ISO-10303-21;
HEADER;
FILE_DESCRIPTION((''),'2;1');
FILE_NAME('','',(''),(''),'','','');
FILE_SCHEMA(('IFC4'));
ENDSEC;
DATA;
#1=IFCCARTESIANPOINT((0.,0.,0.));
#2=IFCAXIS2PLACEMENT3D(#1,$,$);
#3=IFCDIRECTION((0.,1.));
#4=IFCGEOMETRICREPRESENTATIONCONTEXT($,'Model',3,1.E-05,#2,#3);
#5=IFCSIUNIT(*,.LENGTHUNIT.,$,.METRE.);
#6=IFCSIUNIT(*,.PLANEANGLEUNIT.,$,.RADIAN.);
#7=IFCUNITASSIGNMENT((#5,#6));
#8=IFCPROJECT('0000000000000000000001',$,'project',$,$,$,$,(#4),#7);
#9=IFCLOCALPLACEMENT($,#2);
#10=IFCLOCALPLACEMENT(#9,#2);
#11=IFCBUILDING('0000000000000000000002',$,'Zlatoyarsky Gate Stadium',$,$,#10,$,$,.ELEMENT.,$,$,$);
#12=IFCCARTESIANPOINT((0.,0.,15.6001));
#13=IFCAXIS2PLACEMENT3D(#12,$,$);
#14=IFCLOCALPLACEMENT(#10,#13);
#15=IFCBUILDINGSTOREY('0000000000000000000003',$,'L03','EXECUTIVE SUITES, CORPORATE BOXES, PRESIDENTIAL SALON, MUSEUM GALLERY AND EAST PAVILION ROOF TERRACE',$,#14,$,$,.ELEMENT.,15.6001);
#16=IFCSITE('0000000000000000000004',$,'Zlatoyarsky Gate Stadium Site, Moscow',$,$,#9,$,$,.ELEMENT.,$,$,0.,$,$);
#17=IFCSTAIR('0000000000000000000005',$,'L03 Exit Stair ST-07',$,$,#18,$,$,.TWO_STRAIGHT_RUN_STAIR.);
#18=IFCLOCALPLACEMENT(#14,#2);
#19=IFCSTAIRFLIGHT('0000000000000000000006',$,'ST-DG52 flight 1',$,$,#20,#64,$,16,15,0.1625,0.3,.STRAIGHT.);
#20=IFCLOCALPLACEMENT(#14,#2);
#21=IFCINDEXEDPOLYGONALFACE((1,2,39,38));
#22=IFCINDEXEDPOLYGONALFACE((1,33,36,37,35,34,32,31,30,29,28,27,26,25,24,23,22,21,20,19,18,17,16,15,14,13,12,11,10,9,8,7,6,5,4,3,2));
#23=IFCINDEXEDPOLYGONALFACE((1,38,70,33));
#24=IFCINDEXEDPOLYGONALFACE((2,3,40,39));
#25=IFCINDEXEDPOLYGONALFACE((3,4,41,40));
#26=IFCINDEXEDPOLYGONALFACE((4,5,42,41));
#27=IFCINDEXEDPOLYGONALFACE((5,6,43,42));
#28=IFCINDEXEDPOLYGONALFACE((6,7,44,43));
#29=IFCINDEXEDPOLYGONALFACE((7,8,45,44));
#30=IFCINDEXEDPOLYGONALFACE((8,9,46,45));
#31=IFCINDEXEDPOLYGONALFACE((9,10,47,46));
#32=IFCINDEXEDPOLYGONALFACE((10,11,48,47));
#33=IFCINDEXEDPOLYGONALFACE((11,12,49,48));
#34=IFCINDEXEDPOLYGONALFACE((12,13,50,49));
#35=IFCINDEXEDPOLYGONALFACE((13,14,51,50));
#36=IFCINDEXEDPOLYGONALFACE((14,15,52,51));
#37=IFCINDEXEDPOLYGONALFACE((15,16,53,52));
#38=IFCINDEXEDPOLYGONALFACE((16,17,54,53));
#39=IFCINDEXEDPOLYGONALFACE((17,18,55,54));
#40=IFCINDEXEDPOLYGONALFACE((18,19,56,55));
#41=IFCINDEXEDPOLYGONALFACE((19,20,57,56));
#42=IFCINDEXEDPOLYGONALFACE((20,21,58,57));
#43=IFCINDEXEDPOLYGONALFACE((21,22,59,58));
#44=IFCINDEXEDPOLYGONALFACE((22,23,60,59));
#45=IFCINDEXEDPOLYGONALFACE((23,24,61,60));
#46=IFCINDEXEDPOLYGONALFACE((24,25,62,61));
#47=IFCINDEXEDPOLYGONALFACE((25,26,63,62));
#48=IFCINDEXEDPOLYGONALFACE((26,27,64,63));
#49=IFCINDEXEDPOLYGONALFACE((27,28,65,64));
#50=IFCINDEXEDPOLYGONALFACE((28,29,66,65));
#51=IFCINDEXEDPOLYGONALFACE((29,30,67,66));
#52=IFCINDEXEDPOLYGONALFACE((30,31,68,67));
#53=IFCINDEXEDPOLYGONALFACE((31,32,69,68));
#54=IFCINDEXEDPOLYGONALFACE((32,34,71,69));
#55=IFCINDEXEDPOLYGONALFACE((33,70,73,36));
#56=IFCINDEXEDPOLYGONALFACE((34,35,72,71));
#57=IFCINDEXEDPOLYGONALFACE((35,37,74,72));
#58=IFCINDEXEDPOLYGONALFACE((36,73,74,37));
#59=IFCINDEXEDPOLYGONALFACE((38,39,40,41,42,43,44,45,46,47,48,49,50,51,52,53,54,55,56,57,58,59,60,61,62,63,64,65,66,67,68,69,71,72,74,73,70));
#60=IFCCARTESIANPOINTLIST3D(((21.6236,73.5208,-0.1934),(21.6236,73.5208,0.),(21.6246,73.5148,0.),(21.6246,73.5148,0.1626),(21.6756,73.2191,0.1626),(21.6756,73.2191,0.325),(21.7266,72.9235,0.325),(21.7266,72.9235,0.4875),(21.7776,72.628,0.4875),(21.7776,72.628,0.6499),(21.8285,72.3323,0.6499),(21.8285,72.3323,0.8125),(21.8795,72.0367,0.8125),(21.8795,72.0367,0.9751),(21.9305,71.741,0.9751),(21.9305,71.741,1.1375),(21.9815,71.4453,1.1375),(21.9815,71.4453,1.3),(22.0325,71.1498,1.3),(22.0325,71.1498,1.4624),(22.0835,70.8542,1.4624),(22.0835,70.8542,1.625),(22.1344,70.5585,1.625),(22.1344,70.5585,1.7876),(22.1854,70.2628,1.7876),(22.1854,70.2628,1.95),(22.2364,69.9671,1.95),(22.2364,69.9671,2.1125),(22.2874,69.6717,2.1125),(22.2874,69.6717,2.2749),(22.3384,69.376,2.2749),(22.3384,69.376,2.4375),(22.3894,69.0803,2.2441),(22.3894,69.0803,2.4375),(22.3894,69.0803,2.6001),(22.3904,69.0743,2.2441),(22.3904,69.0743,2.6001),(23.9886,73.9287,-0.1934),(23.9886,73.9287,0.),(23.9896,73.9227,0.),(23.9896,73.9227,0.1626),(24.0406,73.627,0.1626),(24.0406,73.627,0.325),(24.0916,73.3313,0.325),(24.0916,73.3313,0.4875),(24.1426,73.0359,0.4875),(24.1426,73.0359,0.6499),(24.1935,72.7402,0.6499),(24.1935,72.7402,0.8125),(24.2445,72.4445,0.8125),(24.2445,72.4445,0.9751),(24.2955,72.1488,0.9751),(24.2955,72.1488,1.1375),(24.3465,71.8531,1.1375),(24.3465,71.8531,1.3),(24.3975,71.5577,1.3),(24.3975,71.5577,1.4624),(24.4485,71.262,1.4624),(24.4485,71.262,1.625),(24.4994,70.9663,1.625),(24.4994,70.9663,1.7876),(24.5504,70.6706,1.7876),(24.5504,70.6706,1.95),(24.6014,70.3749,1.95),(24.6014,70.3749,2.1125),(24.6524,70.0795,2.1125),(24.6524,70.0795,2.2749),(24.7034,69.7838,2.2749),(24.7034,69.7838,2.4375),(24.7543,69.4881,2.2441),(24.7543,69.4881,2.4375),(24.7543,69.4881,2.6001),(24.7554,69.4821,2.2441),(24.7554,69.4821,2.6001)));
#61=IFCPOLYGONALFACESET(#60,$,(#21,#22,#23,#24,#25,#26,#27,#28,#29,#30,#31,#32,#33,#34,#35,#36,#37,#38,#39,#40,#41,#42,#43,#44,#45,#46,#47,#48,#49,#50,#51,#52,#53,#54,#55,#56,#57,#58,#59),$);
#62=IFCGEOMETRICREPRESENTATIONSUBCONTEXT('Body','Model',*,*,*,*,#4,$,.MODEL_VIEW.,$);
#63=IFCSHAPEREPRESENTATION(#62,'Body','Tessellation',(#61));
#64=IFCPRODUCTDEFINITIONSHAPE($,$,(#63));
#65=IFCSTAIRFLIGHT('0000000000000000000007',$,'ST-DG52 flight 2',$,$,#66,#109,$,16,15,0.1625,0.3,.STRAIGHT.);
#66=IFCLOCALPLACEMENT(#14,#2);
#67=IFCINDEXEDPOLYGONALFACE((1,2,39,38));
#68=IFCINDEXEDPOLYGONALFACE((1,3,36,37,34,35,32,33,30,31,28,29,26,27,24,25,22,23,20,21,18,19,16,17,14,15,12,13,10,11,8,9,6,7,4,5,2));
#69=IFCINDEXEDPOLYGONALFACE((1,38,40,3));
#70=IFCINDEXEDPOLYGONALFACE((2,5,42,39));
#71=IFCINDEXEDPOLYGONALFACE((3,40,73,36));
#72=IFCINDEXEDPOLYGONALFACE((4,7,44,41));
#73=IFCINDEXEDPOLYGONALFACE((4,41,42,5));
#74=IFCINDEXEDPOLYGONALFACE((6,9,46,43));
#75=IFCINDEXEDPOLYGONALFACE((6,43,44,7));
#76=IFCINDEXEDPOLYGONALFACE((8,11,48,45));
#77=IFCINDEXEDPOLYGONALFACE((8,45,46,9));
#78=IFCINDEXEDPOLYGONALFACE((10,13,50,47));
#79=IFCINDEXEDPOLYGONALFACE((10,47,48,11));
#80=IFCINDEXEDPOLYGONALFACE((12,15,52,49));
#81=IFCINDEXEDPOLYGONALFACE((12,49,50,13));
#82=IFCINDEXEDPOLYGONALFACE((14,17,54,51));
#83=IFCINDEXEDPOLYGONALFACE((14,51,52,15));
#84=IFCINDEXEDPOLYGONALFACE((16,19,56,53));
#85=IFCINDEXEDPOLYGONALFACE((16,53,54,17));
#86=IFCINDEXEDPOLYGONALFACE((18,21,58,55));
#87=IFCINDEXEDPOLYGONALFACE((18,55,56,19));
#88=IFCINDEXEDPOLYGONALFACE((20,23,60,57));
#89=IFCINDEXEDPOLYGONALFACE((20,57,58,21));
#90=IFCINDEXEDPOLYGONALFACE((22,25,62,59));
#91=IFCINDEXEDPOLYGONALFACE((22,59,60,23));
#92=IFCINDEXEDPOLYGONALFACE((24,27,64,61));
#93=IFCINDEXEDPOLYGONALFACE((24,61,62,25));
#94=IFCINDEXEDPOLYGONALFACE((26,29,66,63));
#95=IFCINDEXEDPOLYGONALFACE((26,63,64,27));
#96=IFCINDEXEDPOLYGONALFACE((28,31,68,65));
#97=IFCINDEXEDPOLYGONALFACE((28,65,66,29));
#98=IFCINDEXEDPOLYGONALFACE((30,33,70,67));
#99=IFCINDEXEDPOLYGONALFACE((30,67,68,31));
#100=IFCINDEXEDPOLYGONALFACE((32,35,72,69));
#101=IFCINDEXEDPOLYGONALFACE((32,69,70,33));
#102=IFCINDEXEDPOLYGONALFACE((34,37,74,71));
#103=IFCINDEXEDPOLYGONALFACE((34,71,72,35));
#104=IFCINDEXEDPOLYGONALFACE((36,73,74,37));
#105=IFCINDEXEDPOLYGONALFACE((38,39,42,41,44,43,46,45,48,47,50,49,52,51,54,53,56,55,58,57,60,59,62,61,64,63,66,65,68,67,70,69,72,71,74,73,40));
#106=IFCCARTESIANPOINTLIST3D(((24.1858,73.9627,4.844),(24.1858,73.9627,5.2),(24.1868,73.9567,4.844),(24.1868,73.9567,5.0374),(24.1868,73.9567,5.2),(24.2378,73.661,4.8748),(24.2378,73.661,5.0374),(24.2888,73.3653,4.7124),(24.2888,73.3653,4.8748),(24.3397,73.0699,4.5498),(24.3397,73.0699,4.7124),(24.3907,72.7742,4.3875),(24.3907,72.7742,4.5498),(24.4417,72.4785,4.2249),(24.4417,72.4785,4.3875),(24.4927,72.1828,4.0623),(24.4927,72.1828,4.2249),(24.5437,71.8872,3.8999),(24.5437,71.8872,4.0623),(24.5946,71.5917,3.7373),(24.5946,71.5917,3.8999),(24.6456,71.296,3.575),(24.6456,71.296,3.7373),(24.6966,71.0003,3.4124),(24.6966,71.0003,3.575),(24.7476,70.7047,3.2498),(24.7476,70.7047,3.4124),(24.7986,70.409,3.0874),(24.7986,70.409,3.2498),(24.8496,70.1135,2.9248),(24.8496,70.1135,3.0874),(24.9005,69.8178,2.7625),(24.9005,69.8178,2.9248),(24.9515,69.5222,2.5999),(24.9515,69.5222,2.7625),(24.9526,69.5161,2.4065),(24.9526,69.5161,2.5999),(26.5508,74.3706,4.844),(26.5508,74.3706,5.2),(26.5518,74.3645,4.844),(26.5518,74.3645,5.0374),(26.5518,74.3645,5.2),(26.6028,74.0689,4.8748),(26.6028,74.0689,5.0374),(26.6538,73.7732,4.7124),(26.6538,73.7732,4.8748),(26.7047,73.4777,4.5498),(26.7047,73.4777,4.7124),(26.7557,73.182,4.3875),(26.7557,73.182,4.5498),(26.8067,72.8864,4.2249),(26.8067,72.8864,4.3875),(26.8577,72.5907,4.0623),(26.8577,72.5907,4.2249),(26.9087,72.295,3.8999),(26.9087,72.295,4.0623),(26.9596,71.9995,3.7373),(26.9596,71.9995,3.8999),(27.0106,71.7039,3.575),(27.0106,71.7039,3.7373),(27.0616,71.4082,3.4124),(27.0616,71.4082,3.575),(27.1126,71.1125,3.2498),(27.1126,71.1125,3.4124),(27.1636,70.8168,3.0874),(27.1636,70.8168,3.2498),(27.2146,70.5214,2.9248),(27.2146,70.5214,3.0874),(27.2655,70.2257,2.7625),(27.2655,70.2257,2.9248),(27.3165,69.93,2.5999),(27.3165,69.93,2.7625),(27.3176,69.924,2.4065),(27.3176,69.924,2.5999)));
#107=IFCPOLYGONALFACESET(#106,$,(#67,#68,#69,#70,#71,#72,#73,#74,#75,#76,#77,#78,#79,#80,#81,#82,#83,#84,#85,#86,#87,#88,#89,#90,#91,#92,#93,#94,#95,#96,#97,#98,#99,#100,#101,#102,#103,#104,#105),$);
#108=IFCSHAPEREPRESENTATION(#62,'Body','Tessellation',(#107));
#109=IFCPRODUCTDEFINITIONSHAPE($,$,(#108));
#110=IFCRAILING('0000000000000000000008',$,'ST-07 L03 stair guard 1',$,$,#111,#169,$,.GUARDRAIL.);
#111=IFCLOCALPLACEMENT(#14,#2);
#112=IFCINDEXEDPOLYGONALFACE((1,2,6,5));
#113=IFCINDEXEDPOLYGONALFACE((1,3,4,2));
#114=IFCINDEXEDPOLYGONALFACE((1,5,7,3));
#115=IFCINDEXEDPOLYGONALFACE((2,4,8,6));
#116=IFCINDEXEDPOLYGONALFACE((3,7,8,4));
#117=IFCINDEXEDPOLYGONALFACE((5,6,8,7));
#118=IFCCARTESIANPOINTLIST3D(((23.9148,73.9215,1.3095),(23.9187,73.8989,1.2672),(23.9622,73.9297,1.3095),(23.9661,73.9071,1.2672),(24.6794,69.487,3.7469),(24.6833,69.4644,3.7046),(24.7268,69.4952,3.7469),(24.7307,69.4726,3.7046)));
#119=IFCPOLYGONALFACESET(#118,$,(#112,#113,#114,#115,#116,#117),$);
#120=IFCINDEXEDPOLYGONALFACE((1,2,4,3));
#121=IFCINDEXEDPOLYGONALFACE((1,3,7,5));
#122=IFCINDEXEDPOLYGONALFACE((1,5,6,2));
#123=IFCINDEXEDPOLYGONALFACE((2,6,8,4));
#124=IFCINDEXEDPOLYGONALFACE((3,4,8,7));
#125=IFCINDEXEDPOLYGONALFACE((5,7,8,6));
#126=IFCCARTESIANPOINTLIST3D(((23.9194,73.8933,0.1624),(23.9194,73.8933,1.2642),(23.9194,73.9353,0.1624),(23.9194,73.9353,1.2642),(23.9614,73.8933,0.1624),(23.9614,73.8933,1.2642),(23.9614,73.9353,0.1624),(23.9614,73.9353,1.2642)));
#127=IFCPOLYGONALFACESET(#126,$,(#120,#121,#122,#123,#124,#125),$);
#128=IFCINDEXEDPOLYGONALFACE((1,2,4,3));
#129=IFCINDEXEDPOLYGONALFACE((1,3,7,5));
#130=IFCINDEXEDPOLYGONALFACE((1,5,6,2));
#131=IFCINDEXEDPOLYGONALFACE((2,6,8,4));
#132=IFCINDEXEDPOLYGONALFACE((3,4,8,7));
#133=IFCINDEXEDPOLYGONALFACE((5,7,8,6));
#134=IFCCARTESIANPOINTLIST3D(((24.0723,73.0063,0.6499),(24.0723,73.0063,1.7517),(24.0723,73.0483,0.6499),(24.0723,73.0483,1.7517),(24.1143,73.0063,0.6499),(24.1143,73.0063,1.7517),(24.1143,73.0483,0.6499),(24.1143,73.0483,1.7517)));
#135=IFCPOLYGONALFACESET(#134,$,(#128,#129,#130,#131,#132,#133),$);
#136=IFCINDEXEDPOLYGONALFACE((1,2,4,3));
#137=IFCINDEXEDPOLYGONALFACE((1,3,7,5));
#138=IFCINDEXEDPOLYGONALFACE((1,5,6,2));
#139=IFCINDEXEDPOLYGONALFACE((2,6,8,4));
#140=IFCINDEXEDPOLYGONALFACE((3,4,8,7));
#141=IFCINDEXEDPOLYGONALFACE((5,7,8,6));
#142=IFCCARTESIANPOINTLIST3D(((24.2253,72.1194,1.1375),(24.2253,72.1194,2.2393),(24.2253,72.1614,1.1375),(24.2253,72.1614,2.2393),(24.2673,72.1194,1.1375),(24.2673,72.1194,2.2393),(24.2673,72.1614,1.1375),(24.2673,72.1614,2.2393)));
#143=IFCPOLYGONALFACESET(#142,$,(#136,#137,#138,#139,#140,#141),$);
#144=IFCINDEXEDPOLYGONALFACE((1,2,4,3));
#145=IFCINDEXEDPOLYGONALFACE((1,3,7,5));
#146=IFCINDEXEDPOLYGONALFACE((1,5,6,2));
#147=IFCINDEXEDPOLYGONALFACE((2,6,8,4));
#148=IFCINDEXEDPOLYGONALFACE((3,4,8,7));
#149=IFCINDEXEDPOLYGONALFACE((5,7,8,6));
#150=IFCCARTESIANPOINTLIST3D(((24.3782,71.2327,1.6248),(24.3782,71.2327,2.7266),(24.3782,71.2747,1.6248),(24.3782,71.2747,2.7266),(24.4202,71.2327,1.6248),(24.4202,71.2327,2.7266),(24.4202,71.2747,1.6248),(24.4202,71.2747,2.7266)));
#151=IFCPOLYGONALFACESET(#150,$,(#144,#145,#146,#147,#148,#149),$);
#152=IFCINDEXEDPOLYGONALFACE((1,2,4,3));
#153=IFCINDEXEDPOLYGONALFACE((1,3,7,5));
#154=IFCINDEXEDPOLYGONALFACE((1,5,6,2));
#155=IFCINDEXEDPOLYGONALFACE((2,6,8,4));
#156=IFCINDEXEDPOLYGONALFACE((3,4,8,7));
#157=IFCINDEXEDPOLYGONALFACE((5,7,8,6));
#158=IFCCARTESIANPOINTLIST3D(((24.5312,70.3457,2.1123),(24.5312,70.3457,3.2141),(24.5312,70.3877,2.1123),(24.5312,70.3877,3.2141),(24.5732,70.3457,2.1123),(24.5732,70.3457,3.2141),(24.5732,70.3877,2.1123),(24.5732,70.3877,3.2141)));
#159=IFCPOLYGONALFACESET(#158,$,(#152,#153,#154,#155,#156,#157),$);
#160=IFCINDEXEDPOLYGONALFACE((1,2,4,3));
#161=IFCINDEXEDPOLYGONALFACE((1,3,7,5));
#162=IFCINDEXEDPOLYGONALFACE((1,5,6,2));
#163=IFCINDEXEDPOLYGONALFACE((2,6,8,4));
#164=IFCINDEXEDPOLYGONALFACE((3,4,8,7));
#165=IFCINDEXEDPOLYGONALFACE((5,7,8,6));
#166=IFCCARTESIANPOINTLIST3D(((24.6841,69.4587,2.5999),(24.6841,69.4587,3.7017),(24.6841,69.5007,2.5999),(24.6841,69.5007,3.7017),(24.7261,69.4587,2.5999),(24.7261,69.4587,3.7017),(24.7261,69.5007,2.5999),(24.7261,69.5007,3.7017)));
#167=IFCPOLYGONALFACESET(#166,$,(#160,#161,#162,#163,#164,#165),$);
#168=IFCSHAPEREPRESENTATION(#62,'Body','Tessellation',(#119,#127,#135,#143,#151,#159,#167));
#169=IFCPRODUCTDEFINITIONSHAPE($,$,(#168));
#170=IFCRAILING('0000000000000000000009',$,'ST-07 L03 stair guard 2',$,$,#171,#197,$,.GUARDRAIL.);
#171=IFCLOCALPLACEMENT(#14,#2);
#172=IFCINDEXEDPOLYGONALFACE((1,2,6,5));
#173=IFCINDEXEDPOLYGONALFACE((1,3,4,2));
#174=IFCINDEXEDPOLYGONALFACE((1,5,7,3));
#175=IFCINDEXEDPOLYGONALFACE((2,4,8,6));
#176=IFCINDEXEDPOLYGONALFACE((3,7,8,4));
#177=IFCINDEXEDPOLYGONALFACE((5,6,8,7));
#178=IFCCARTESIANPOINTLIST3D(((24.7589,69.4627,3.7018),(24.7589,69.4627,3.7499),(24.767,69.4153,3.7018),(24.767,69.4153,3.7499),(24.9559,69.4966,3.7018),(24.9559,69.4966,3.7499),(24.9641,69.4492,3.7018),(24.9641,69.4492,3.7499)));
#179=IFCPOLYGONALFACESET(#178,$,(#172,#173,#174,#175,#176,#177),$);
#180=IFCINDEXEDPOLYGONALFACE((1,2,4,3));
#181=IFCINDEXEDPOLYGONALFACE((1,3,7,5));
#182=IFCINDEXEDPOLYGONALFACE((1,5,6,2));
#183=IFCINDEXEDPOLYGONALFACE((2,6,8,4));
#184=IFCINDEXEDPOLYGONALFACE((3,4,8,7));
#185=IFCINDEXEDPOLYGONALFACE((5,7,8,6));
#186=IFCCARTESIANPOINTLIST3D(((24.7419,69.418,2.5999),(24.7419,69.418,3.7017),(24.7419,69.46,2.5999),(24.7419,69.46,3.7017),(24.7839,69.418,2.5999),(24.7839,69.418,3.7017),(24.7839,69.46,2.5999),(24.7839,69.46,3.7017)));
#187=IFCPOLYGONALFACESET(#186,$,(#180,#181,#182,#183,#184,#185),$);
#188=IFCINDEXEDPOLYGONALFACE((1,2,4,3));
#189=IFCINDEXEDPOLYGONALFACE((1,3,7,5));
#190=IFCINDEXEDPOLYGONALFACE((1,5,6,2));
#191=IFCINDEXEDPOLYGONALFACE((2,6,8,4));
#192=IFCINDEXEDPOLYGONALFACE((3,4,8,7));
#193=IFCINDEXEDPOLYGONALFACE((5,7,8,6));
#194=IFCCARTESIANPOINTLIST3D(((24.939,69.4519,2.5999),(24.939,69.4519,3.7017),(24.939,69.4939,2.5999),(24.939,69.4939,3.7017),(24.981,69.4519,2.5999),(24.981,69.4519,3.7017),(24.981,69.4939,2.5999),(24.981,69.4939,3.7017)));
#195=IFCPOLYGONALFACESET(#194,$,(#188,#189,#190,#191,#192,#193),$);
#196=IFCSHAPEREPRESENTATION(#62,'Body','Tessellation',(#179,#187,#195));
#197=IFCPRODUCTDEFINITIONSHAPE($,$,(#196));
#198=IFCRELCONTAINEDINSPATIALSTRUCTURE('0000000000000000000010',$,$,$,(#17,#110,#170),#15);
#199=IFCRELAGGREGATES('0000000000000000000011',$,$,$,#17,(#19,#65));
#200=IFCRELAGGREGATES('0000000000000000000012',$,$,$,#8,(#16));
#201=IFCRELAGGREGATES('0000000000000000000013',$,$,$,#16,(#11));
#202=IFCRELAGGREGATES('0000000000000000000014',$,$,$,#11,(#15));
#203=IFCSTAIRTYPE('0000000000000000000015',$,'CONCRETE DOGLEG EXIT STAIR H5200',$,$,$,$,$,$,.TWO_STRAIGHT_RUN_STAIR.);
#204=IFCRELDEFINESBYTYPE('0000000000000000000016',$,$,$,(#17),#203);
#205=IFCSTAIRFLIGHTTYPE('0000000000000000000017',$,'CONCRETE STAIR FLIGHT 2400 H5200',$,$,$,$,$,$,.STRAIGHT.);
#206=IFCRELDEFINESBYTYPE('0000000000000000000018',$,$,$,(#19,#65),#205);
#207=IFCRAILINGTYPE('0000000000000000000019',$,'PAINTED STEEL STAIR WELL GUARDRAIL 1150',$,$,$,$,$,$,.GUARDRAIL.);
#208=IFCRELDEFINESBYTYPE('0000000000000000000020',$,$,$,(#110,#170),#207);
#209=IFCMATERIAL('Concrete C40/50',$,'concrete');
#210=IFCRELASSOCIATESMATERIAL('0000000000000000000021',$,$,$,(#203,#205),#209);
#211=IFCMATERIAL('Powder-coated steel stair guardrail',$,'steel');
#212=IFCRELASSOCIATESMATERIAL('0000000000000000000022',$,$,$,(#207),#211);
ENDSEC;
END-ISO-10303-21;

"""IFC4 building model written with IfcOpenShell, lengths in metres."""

from ifc_helpers import new_model, si_unit, direction, frame, origin, origin_2d, place, context, subcontext, project, spatial, polyline, rectangle, outline, extrude, material, type_object, element, aggregate, save


model = new_model("IFC4")

# Units and contexts
model_context = context("Model", 3, precision=1e-05, world=origin(), true_north=direction((0.0, 1.0)))
body_context = subcontext(model_context, "Body", "Model", "MODEL_VIEW")
ifc_project = project(units=[si_unit("LENGTHUNIT", "METRE"), si_unit("PLANEANGLEUNIT", "RADIAN")], contexts=[model_context])

# Site, building, storey
site_placement = place(None, origin())
site = spatial("IfcSite", under=ifc_project, at=site_placement, Name="Zlatoyarsky Gate Stadium Site, Moscow", CompositionType="ELEMENT", RefElevation=0.0)
building_placement = place(site_placement, origin())
building = spatial("IfcBuilding", under=site, at=building_placement, Name="Zlatoyarsky Gate Stadium", CompositionType="ELEMENT")
storey_placement = place(building_placement, frame((0.0, 0.0, 15.6001)))
storey = spatial("IfcBuildingStorey", under=building, at=storey_placement, Name="L03", Description="EXECUTIVE SUITES, CORPORATE BOXES, PRESIDENTIAL SALON, MUSEUM GALLERY AND EAST PAVILION ROOF TERRACE", CompositionType="ELEMENT", Elevation=15.6001)

# Shared definitions
ifc_material_1 = material(Name="Concrete C40/50", Category="concrete")

# Stair, stair flights
stair_type = type_object("IfcStairType", Name="CONCRETE DOGLEG EXIT STAIR H5200", PredefinedType="TWO_STRAIGHT_RUN_STAIR", material=ifc_material_1)
stair_placement = place(storey_placement, origin())
stair = element("IfcStair", 1, at=stair_placement, inside=storey, type_object=stair_type, Name="L03 Exit Stair ST-07", PredefinedType="TWO_STRAIGHT_RUN_STAIR")
stair_flight_type = type_object("IfcStairFlightType", Name="CONCRETE STAIR FLIGHT 2400 H5200", PredefinedType="STRAIGHT", material=ifc_material_1)
stair_flight_1_placement = place(storey_placement, frame((22.8071, 73.7188, 0.0), z_axis=(0.0, 0.0, 1.0), x_axis=(0.169938, -0.985455, 0.0)))
stair_flight_1 = element("IfcStairFlight", 2, at=stair_flight_1_placement, type_object=stair_flight_type, Name="ST-DG52 flight 1", NumberOfRisers=16, NumberOfTreads=15, PredefinedType="STRAIGHT", RiserHeight=0.1625, TreadLength=0.3, context=body_context, shape_type="SweptSolid", body=[
    extrude(outline(polyline([(-0.0061, -0.1934), (-0.0061, 0.0), (0.0, 0.0), (0.0, 0.1626), (0.3, 0.1626), (0.3, 0.325), (0.6001, 0.325), (0.6001, 0.4875), (0.8999, 0.4875), (0.8999, 0.6499), (1.2, 0.6499), (1.2, 0.8125), (1.5, 0.8125), (1.5, 0.9751), (1.8, 0.9751), (1.8, 1.1375), (2.1001, 1.1375), (2.1001, 1.3), (2.3999, 1.3), (2.3999, 1.4624), (2.7, 1.4624), (2.7, 1.625), (3.0, 1.625), (3.0, 1.7876), (3.3, 1.7876), (3.3, 1.95), (3.6001, 1.95), (3.6001, 2.1125), (3.8999, 2.1125), (3.8999, 2.2749), (4.2, 2.2749), (4.2, 2.4375), (4.5, 2.4375), (4.5, 2.6001), (4.5061, 2.6001), (4.5061, 2.2441), (4.5, 2.2441), (-0.0061, -0.1934)])), frame((0.0, 1.2, 0.0), z_axis=(0.0, -1.0, 0.0), x_axis=(1.0, 0.0, 0.0)), (0.0, 0.0, 1.0), 2.3999),
])
stair_flight_2_placement = place(storey_placement, frame((26.134, 69.7261, 2.5999), z_axis=(0.0, 0.0, 1.0), x_axis=(-0.169938, 0.985455, 0.0)))
stair_flight_2 = element("IfcStairFlight", 3, at=stair_flight_2_placement, type_object=stair_flight_type, Name="ST-DG52 flight 2", NumberOfRisers=16, NumberOfTreads=15, PredefinedType="STRAIGHT", RiserHeight=0.1625, TreadLength=0.3, context=body_context, shape_type="SweptSolid", body=[
    extrude(outline(polyline([(-0.0061, -0.1934), (-0.0061, 0.0), (0.0, 0.0), (0.0, 0.1626), (0.3, 0.1626), (0.3, 0.325), (0.6001, 0.325), (0.6001, 0.4875), (0.8999, 0.4875), (0.8999, 0.6499), (1.2, 0.6499), (1.2, 0.8125), (1.5, 0.8125), (1.5, 0.9751), (1.8, 0.9751), (1.8, 1.1375), (2.1001, 1.1375), (2.1001, 1.3), (2.3999, 1.3), (2.3999, 1.4624), (2.7, 1.4624), (2.7, 1.625), (3.0, 1.625), (3.0, 1.7876), (3.3, 1.7876), (3.3, 1.95), (3.6001, 1.95), (3.6001, 2.1125), (3.8999, 2.1125), (3.8999, 2.2749), (4.2, 2.2749), (4.2, 2.4375), (4.5, 2.4375), (4.5, 2.6001), (4.5061, 2.6001), (4.5061, 2.2441), (4.5, 2.2441), (-0.0061, -0.1934)])), frame((0.0, 1.2, 0.0), z_axis=(0.0, -1.0, 0.0), x_axis=(1.0, 0.0, 0.0)), (0.0, 0.0, 1.0), 2.3999),
])
aggregate(stair, [stair_flight_1, stair_flight_2])

# Railings
ifc_material_2 = material(Name="Powder-coated steel stair guardrail", Category="steel")
railing_type_1 = type_object("IfcRailingType", Name="PAINTED STEEL STAIR WELL GUARDRAIL 1150", PredefinedType="GUARDRAIL", material=ifc_material_2)
railing_1_placement = place(storey_placement, frame((23.9404, 73.9143, 0.1624)))
element("IfcRailing", 4, at=railing_1_placement, inside=storey, type_object=railing_type_1, Name="ST-07 L03 stair guard 1", PredefinedType="GUARDRAIL", context=body_context, shape_type="SweptSolid", body=[
    extrude(rectangle(XDim=0.0481, YDim=0.0481, at=origin_2d()), frame((0.0, 0.0, 1.126), z_axis=(0.149411, -0.866505, 0.476282), x_axis=(0.985458, 0.169921, 0.0)), (0.0, 0.0, 1.0), 5.1177),
    extrude(rectangle(XDim=0.042, YDim=0.042, at=origin_2d()), origin(), (0.0, 0.0, 1.0), 1.1018),
    extrude(rectangle(XDim=0.042, YDim=0.042, at=origin_2d()), frame((0.1528, -0.887, 0.4875)), (0.0, 0.0, 1.0), 1.1018),
    extrude(rectangle(XDim=0.042, YDim=0.042, at=origin_2d()), frame((0.3059, -1.7739, 0.9751)), (0.0, 0.0, 1.0), 1.1018),
    extrude(rectangle(XDim=0.042, YDim=0.042, at=origin_2d()), frame((0.4587, -2.6606, 1.4624)), (0.0, 0.0, 1.0), 1.1018),
    extrude(rectangle(XDim=0.042, YDim=0.042, at=origin_2d()), frame((0.6118, -3.5476, 1.95)), (0.0, 0.0, 1.0), 1.1018),
    extrude(rectangle(XDim=0.042, YDim=0.042, at=origin_2d()), frame((0.7646, -4.4346, 2.4375)), (0.0, 0.0, 1.0), 1.1018),
])
railing_2_placement = place(storey_placement, frame((24.7629, 69.439, 2.5999)))
element("IfcRailing", 5, at=railing_2_placement, inside=storey, type_object=railing_type_1, Name="ST-07 L03 stair guard 2", PredefinedType="GUARDRAIL", context=body_context, shape_type="SweptSolid", body=[
    extrude(rectangle(XDim=0.0481, YDim=0.0481, at=origin_2d()), frame((0.0, 0.0, 1.126), z_axis=(0.985488, 0.169743, 0.0), x_axis=(-0.169743, 0.985488, 0.0)), (0.0, 0.0, 1.0), 0.2),
    extrude(rectangle(XDim=0.042, YDim=0.042, at=origin_2d()), origin(), (0.0, 0.0, 1.0), 1.1018),
    extrude(rectangle(XDim=0.042, YDim=0.042, at=origin_2d()), frame((0.197, 0.0339, 0.0)), (0.0, 0.0, 1.0), 1.1018),
])

save(model, "model.ifc")
